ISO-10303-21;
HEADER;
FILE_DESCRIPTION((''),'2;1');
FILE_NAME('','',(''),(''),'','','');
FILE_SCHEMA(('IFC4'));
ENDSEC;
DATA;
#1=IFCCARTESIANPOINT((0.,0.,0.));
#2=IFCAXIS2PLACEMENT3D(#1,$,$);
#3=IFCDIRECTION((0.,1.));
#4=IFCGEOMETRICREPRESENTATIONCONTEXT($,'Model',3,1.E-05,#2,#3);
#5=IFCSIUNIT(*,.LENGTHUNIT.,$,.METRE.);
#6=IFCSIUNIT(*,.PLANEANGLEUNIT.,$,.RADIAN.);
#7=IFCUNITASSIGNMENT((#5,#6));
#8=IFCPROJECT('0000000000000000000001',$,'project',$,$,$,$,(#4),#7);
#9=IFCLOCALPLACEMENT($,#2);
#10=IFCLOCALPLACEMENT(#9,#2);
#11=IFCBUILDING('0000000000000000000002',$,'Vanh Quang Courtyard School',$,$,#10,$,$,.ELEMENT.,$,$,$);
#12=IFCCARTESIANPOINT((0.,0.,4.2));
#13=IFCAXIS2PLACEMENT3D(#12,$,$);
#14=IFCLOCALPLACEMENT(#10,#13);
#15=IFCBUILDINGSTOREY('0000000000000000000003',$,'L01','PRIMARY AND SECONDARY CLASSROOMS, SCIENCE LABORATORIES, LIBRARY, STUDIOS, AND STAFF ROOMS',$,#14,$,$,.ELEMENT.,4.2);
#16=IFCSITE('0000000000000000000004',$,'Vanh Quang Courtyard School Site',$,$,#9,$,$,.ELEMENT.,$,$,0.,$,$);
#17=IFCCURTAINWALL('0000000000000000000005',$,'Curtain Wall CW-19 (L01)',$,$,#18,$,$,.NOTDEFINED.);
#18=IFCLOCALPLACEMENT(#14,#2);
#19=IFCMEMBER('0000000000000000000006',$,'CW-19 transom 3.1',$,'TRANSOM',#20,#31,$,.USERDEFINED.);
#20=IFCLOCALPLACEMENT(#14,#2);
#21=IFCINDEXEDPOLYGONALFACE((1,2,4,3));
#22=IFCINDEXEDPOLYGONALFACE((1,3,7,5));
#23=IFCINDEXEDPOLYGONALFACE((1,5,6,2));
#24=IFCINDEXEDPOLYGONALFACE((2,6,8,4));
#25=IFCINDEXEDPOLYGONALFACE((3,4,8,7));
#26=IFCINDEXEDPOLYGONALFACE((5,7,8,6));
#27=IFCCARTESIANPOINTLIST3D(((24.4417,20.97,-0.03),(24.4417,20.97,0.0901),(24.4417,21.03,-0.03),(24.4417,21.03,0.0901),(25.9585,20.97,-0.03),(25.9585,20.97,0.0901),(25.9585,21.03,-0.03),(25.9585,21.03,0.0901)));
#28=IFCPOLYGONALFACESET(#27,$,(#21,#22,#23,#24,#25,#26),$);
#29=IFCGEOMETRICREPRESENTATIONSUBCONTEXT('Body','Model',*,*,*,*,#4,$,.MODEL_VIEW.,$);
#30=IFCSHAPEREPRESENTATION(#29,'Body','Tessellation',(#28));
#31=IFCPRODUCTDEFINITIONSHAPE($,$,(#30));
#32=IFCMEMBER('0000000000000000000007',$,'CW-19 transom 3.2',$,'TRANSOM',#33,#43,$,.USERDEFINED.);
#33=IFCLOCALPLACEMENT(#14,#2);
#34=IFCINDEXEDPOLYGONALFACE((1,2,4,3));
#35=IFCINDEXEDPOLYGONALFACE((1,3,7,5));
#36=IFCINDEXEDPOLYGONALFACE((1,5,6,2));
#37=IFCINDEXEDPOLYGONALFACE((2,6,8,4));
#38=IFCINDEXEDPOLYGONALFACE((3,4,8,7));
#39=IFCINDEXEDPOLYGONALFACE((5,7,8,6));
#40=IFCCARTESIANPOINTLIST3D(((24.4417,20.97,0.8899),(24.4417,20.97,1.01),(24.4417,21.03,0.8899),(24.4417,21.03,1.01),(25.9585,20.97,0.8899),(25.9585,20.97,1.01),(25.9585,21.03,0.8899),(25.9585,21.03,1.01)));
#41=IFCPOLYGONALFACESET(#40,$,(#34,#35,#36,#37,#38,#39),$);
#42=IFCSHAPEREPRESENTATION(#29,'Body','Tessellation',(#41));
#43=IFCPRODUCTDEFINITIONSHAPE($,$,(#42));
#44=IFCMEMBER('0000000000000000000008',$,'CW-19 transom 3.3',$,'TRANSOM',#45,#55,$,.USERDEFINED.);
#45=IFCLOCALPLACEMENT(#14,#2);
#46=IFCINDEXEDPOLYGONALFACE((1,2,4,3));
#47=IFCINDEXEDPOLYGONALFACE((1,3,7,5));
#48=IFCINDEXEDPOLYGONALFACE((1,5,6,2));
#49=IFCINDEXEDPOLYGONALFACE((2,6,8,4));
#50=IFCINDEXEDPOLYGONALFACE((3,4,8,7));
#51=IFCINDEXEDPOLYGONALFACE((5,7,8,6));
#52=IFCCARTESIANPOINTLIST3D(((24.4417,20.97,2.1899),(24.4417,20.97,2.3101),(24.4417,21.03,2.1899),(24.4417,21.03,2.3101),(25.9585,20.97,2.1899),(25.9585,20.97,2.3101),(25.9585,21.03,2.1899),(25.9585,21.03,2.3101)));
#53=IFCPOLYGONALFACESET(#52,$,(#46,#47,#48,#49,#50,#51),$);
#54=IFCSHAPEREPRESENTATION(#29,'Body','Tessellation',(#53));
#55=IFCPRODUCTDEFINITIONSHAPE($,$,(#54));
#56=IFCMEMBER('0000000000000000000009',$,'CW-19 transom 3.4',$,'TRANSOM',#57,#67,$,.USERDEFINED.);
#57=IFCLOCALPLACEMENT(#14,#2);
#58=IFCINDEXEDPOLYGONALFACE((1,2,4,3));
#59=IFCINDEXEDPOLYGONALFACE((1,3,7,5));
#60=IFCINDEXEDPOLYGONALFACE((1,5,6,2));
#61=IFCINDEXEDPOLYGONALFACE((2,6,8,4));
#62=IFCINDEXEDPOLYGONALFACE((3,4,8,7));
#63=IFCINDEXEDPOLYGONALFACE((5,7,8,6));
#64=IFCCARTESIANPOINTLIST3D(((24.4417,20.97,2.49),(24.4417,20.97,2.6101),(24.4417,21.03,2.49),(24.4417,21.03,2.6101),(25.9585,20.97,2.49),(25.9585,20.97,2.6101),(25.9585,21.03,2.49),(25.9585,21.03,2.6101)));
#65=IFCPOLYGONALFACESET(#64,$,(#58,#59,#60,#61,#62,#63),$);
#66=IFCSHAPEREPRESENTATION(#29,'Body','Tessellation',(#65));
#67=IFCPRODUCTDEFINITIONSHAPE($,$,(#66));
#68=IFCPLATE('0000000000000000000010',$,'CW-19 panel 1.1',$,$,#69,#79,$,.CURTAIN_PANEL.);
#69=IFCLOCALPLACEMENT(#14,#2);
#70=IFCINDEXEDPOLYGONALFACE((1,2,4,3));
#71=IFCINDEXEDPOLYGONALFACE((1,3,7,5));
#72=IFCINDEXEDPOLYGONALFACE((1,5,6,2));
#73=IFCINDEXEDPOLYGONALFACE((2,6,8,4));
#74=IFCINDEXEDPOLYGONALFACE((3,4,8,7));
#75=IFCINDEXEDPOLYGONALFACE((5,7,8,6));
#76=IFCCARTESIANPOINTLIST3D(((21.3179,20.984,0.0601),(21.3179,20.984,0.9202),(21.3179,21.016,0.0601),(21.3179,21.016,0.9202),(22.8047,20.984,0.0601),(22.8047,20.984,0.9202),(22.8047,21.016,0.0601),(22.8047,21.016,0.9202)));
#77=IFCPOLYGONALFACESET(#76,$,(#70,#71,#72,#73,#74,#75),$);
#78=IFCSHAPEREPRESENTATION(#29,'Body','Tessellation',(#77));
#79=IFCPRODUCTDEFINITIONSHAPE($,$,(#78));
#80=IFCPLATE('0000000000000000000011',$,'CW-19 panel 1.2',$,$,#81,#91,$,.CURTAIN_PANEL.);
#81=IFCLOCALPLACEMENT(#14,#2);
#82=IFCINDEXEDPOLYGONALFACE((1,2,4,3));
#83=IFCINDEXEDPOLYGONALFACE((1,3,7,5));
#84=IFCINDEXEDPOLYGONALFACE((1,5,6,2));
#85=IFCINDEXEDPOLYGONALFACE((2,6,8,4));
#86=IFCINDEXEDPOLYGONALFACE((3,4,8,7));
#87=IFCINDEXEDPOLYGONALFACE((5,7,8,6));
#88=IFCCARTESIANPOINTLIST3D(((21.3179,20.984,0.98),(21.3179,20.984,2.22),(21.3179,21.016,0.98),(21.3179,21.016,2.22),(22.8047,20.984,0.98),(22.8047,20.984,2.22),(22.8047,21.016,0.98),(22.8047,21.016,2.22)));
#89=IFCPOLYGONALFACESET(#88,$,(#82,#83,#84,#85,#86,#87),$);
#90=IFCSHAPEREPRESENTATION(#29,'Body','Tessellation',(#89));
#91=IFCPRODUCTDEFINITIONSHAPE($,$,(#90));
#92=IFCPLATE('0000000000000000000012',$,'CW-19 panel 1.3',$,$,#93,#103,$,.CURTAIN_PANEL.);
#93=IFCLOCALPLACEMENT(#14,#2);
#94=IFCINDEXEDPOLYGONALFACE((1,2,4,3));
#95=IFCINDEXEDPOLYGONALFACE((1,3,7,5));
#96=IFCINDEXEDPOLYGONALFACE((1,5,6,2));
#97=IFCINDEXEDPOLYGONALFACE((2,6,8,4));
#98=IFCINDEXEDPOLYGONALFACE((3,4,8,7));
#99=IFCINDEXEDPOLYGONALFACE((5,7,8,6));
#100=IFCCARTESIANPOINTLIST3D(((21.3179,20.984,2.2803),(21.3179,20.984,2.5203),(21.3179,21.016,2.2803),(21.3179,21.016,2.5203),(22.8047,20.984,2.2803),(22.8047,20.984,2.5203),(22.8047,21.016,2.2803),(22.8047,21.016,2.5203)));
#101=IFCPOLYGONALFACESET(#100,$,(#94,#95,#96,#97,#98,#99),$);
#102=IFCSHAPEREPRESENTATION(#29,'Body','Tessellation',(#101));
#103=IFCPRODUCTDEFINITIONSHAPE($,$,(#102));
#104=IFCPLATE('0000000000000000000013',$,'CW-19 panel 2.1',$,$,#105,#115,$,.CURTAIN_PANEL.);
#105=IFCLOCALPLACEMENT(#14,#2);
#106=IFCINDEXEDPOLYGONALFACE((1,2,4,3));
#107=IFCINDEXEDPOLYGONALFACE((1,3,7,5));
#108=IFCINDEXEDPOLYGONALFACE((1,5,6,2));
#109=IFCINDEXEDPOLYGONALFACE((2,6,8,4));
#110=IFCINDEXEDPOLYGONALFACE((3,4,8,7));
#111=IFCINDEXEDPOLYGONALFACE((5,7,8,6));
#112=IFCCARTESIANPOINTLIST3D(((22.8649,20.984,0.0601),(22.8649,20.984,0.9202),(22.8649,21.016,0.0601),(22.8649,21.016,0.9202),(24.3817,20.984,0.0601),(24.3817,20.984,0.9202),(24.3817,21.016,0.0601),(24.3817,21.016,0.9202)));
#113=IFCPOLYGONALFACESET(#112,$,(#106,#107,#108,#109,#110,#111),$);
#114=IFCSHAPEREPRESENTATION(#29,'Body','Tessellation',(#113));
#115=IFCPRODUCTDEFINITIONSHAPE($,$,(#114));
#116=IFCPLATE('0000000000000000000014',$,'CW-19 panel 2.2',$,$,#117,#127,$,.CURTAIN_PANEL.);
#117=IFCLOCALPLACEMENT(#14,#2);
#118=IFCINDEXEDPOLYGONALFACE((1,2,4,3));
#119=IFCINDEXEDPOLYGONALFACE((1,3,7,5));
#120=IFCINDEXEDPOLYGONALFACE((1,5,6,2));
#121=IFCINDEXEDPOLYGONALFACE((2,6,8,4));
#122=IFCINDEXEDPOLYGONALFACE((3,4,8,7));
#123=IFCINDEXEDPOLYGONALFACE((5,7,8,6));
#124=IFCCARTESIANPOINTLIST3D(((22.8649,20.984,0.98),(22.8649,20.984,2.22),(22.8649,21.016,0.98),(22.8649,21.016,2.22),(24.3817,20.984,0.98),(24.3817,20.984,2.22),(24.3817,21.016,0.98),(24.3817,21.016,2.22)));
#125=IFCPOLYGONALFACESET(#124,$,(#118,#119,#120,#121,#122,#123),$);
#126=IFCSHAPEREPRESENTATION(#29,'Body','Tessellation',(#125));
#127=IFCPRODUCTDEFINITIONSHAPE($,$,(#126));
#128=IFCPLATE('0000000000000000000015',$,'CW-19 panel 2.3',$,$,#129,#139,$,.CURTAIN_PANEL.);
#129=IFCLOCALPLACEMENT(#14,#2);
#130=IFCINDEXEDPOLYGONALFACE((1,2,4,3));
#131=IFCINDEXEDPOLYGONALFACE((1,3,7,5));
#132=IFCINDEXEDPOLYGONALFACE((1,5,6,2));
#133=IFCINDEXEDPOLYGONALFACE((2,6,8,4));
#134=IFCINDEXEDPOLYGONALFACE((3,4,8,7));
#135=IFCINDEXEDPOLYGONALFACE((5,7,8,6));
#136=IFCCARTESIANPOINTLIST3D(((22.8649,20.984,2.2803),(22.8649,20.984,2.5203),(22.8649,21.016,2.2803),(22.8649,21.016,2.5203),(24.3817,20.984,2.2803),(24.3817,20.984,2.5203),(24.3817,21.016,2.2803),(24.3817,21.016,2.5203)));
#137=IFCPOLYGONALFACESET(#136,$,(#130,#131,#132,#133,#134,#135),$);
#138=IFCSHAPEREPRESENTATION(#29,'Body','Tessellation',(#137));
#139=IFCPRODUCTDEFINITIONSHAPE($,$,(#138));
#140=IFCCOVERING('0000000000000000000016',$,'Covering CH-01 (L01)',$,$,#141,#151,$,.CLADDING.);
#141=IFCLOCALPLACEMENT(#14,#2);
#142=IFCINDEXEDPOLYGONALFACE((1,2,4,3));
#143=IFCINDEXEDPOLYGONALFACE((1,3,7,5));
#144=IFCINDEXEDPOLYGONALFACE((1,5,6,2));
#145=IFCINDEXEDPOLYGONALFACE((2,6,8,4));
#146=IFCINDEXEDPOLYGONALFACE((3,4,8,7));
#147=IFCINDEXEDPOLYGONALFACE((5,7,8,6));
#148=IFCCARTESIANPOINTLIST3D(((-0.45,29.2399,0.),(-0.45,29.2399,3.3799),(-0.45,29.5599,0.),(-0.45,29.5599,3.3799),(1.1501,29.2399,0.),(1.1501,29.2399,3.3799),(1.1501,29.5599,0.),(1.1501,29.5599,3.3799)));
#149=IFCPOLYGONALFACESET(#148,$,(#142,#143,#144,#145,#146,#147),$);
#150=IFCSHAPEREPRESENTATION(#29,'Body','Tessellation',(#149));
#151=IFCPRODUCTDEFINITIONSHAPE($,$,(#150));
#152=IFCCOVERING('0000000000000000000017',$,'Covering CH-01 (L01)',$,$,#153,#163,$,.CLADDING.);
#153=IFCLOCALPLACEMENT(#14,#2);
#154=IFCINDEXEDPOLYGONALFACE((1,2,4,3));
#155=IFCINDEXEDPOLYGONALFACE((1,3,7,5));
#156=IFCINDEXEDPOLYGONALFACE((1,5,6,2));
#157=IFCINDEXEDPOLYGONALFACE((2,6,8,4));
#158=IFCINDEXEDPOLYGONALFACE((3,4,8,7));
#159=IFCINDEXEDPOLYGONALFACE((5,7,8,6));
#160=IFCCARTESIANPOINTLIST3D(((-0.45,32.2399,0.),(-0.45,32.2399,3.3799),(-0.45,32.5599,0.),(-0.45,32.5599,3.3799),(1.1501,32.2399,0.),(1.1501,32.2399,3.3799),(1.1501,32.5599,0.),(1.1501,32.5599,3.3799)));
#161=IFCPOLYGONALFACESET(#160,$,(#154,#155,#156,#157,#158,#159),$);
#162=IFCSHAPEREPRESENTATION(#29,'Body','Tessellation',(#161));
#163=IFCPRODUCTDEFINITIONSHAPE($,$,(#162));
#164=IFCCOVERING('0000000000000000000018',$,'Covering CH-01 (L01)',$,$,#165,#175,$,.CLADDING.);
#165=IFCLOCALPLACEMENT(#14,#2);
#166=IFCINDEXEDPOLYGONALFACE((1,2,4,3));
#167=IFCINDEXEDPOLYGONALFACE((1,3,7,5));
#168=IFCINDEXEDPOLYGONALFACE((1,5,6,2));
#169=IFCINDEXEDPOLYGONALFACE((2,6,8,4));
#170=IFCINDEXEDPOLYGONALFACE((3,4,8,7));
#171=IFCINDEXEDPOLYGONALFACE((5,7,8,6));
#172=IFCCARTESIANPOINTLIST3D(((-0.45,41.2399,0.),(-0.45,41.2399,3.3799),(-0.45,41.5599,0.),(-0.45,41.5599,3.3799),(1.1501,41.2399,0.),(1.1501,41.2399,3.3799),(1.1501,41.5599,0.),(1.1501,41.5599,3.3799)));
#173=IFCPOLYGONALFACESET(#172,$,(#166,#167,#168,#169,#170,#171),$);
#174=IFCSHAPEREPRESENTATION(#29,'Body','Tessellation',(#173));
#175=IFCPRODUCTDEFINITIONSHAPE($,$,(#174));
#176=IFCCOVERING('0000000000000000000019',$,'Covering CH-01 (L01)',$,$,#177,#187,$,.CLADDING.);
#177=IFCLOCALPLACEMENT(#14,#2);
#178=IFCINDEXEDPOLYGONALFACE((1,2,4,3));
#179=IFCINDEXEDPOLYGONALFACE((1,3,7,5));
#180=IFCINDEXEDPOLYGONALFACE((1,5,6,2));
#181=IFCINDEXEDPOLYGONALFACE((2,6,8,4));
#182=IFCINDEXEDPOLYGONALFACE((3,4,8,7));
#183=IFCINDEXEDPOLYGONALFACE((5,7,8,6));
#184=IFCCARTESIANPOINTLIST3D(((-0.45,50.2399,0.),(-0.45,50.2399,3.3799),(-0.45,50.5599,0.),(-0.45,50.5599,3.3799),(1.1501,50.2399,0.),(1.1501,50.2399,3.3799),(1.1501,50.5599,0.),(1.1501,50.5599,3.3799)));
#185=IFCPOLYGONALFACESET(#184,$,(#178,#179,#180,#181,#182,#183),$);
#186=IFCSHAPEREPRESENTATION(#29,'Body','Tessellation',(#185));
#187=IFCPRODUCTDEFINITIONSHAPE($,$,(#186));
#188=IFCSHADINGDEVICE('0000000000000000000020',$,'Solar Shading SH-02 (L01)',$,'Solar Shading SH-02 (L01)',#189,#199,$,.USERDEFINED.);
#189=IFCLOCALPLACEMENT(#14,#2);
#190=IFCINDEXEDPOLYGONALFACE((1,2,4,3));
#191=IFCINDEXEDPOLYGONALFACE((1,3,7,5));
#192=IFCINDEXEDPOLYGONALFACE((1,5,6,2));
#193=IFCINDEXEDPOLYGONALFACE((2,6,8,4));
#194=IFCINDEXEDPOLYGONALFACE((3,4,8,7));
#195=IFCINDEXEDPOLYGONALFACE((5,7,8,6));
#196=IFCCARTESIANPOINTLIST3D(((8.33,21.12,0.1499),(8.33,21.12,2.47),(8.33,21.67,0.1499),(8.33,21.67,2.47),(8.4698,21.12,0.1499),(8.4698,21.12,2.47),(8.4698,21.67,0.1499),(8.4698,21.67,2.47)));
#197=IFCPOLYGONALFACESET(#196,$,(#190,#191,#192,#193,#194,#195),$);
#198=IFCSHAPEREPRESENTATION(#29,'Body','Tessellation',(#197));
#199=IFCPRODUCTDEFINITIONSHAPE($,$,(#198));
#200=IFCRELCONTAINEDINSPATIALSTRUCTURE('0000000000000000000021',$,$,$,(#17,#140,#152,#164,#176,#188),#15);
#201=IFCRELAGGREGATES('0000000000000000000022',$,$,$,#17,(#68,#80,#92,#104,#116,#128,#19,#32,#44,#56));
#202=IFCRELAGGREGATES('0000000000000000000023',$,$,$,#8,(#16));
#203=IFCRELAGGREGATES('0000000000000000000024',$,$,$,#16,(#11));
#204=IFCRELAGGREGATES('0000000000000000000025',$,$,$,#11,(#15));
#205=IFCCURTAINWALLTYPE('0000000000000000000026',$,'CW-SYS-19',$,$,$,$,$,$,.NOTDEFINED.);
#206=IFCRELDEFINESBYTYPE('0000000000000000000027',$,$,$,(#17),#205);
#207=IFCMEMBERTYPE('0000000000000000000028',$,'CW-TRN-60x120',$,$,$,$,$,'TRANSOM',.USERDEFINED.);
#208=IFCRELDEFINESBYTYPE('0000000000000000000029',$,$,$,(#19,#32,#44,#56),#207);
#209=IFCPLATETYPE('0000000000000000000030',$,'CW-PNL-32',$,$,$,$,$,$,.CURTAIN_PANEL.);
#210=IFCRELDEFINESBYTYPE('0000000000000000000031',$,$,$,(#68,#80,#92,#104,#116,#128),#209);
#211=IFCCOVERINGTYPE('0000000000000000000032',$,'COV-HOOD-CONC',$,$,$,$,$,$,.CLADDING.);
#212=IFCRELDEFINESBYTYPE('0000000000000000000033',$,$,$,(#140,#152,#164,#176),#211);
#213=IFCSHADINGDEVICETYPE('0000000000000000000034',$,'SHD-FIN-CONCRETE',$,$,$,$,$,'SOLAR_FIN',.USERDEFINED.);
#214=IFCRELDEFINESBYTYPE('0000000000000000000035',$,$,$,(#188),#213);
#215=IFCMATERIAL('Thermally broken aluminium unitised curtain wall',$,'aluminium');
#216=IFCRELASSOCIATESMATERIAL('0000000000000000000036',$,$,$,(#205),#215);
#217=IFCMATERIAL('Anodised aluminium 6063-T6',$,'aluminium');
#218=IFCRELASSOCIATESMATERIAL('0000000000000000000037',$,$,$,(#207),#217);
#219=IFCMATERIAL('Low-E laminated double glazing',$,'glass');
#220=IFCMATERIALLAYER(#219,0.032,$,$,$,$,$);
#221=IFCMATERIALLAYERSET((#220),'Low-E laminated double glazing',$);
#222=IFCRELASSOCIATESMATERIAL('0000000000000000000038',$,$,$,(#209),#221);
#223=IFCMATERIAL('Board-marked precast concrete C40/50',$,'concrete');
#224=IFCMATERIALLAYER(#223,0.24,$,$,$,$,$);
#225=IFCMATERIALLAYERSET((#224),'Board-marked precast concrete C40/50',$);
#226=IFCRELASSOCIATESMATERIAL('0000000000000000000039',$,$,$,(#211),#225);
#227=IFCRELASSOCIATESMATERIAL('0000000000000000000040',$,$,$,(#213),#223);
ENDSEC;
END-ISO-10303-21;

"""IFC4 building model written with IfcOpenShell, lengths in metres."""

from ifc_helpers import new_model, si_unit, direction, frame, origin, origin_2d, place, context, subcontext, project, spatial, rectangle, extrude, material, layer, layer_set, material_profile, profile_set, type_object, element, aggregate, save


model = new_model("IFC4")

# Units and contexts
model_context = context("Model", 3, precision=1e-05, world=origin(), true_north=direction((0.0, 1.0)))
body_context = subcontext(model_context, "Body", "Model", "MODEL_VIEW")
ifc_project = project(units=[si_unit("LENGTHUNIT", "METRE"), si_unit("PLANEANGLEUNIT", "RADIAN")], contexts=[model_context])

# Site, building, storey
site_placement = place(None, origin())
site = spatial("IfcSite", under=ifc_project, at=site_placement, Name="Vanh Quang Courtyard School Site", CompositionType="ELEMENT", RefElevation=0.0)
building_placement = place(site_placement, origin())
building = spatial("IfcBuilding", under=site, at=building_placement, Name="Vanh Quang Courtyard School", CompositionType="ELEMENT")
storey_placement = place(building_placement, frame((0.0, 0.0, 4.2)))
storey = spatial("IfcBuildingStorey", under=building, at=storey_placement, Name="L01", Description="PRIMARY AND SECONDARY CLASSROOMS, SCIENCE LABORATORIES, LIBRARY, STUDIOS, AND STAFF ROOMS", CompositionType="ELEMENT", Elevation=4.2)

# Curtain wall, members, plates
ifc_material_1 = material(Name="Thermally broken aluminium unitised curtain wall", Category="aluminium")
curtain_wall_type = type_object("IfcCurtainWallType", Name="CW-SYS-19", PredefinedType="NOTDEFINED", material=ifc_material_1)
curtain_wall_placement = place(storey_placement, origin())
curtain_wall = element("IfcCurtainWall", 1, at=curtain_wall_placement, inside=storey, type_object=curtain_wall_type, Name="Curtain Wall CW-19 (L01)", PredefinedType="NOTDEFINED")
ifc_material_2 = material(Name="Anodised aluminium 6063-T6", Category="aluminium")
ifc_material_profile_1 = material_profile(ifc_material_2, rectangle(XDim=0.0601, YDim=0.1201, at=origin_2d()), Name="ALU-TRN 60x120")
ifc_profile_set_1 = profile_set([ifc_material_profile_1], Name="Anodised aluminium 6063-T6")
member_type_1 = type_object("IfcMemberType", Name="CW-TRN-60x120", ElementType="TRANSOM", PredefinedType="USERDEFINED", material=ifc_profile_set_1)
member_1_placement = place(storey_placement, frame((24.4417, 21.0, 0.03), z_axis=(1.0, 0.0, 0.0), x_axis=(0.0, 1.0, 0.0)))
member_1 = element("IfcMember", 2, at=member_1_placement, type_object=member_type_1, Name="CW-19 transom 3.1", ObjectType="TRANSOM", PredefinedType="USERDEFINED", context=body_context, shape_type="SweptSolid", body=[
    extrude(rectangle(XDim=0.0601, YDim=0.1201, at=origin_2d()), origin(), (0.0, 0.0, 1.0), 1.5168),
])
member_2_placement = place(storey_placement, frame((24.4417, 21.0, 0.95), z_axis=(1.0, 0.0, 0.0), x_axis=(0.0, 1.0, 0.0)))
member_2 = element("IfcMember", 3, at=member_2_placement, type_object=member_type_1, Name="CW-19 transom 3.2", ObjectType="TRANSOM", PredefinedType="USERDEFINED", context=body_context, shape_type="SweptSolid", body=[
    extrude(rectangle(XDim=0.0601, YDim=0.1201, at=origin_2d()), origin(), (0.0, 0.0, 1.0), 1.5168),
])
member_3_placement = place(storey_placement, frame((24.4417, 21.0, 2.25), z_axis=(1.0, 0.0, 0.0), x_axis=(0.0, 1.0, 0.0)))
member_3 = element("IfcMember", 4, at=member_3_placement, type_object=member_type_1, Name="CW-19 transom 3.3", ObjectType="TRANSOM", PredefinedType="USERDEFINED", context=body_context, shape_type="SweptSolid", body=[
    extrude(rectangle(XDim=0.0601, YDim=0.1201, at=origin_2d()), origin(), (0.0, 0.0, 1.0), 1.5168),
])
member_4_placement = place(storey_placement, frame((24.4417, 21.0, 2.55), z_axis=(1.0, 0.0, 0.0), x_axis=(0.0, 1.0, 0.0)))
member_4 = element("IfcMember", 5, at=member_4_placement, type_object=member_type_1, Name="CW-19 transom 3.4", ObjectType="TRANSOM", PredefinedType="USERDEFINED", context=body_context, shape_type="SweptSolid", body=[
    extrude(rectangle(XDim=0.0601, YDim=0.1201, at=origin_2d()), origin(), (0.0, 0.0, 1.0), 1.5168),
])
ifc_material_3 = material(Name="Low-E laminated double glazing", Category="glass")
ifc_layer_1 = layer(ifc_material_3, 0.032)
ifc_layer_set_1 = layer_set([ifc_layer_1], Name="Low-E laminated double glazing")
plate_type = type_object("IfcPlateType", Name="CW-PNL-32", PredefinedType="CURTAIN_PANEL", material=ifc_layer_set_1)
plate_1_placement = place(storey_placement, frame((22.0613, 21.0, 0.0601), z_axis=(0.0, 0.0, 1.0), x_axis=(1.0, 0.0, 0.0)))
plate_1 = element("IfcPlate", 6, at=plate_1_placement, type_object=plate_type, Name="CW-19 panel 1.1", PredefinedType="CURTAIN_PANEL", context=body_context, shape_type="SweptSolid", body=[
    extrude(rectangle(XDim=1.4868, YDim=0.032, at=origin_2d()), origin(), (0.0, 0.0, 1.0), 0.8601),
])
plate_2_placement = place(storey_placement, frame((22.0613, 21.0, 0.98), z_axis=(0.0, 0.0, 1.0), x_axis=(1.0, 0.0, 0.0)))
plate_2 = element("IfcPlate", 7, at=plate_2_placement, type_object=plate_type, Name="CW-19 panel 1.2", PredefinedType="CURTAIN_PANEL", context=body_context, shape_type="SweptSolid", body=[
    extrude(rectangle(XDim=1.4868, YDim=0.032, at=origin_2d()), origin(), (0.0, 0.0, 1.0), 1.24),
])
plate_3_placement = place(storey_placement, frame((22.0613, 21.0, 2.2803), z_axis=(0.0, 0.0, 1.0), x_axis=(1.0, 0.0, 0.0)))
plate_3 = element("IfcPlate", 8, at=plate_3_placement, type_object=plate_type, Name="CW-19 panel 1.3", PredefinedType="CURTAIN_PANEL", context=body_context, shape_type="SweptSolid", body=[
    extrude(rectangle(XDim=1.4868, YDim=0.032, at=origin_2d()), origin(), (0.0, 0.0, 1.0), 0.24),
])
plate_4_placement = place(storey_placement, frame((23.6233, 21.0, 0.0601), z_axis=(0.0, 0.0, 1.0), x_axis=(1.0, 0.0, 0.0)))
plate_4 = element("IfcPlate", 9, at=plate_4_placement, type_object=plate_type, Name="CW-19 panel 2.1", PredefinedType="CURTAIN_PANEL", context=body_context, shape_type="SweptSolid", body=[
    extrude(rectangle(XDim=1.5168, YDim=0.032, at=origin_2d()), origin(), (0.0, 0.0, 1.0), 0.8601),
])
plate_5_placement = place(storey_placement, frame((23.6233, 21.0, 0.98), z_axis=(0.0, 0.0, 1.0), x_axis=(1.0, 0.0, 0.0)))
plate_5 = element("IfcPlate", 10, at=plate_5_placement, type_object=plate_type, Name="CW-19 panel 2.2", PredefinedType="CURTAIN_PANEL", context=body_context, shape_type="SweptSolid", body=[
    extrude(rectangle(XDim=1.5168, YDim=0.032, at=origin_2d()), origin(), (0.0, 0.0, 1.0), 1.24),
])
plate_6_placement = place(storey_placement, frame((23.6233, 21.0, 2.2803), z_axis=(0.0, 0.0, 1.0), x_axis=(1.0, 0.0, 0.0)))
plate_6 = element("IfcPlate", 11, at=plate_6_placement, type_object=plate_type, Name="CW-19 panel 2.3", PredefinedType="CURTAIN_PANEL", context=body_context, shape_type="SweptSolid", body=[
    extrude(rectangle(XDim=1.5168, YDim=0.032, at=origin_2d()), origin(), (0.0, 0.0, 1.0), 0.24),
])
aggregate(curtain_wall, [plate_1, plate_2, plate_3, plate_4, plate_5, plate_6, member_1, member_2, member_3, member_4])

# Coverings
ifc_material_4 = material(Name="Board-marked precast concrete C40/50", Category="concrete")
ifc_layer_2 = layer(ifc_material_4, 0.24)
ifc_layer_set_2 = layer_set([ifc_layer_2], Name="Board-marked precast concrete C40/50")
covering_type = type_object("IfcCoveringType", Name="COV-HOOD-CONC", PredefinedType="CLADDING", material=ifc_layer_set_2)
for number, where, z_axis, x_axis, name in (
    (12, (0.3501, 29.3999, 0.0), (0.0, 0.0, 1.0), (1.0, 0.0, 0.0), "Covering CH-01 (L01)"),
    (13, (0.3501, 32.3999, 0.0), (0.0, 0.0, 1.0), (1.0, 0.0, 0.0), "Covering CH-01 (L01)"),
    (14, (0.3501, 41.3999, 0.0), (0.0, 0.0, 1.0), (1.0, 0.0, 0.0), "Covering CH-01 (L01)"),
    (15, (0.3501, 50.3999, 0.0), (0.0, 0.0, 1.0), (1.0, 0.0, 0.0), "Covering CH-01 (L01)"),
):
    element("IfcCovering", number, at=place(storey_placement, frame(where, z_axis=z_axis, x_axis=x_axis)), inside=storey, type_object=covering_type, Name=name, PredefinedType="CLADDING", context=body_context, shape_type="SweptSolid", body=[
        extrude(rectangle(XDim=1.6001, YDim=0.3201, at=origin_2d()), origin(), (0.0, 0.0, 1.0), 3.3799),
    ])

# Shading device
shading_device_type = type_object("IfcShadingDeviceType", Name="SHD-FIN-CONCRETE", ElementType="SOLAR_FIN", PredefinedType="USERDEFINED", material=ifc_material_4)
shading_device_placement = place(storey_placement, frame((8.3999, 21.395, 0.1499), z_axis=(0.0, 0.0, 1.0), x_axis=(1.0, 0.0, 0.0)))
element("IfcShadingDevice", 16, at=shading_device_placement, inside=storey, type_object=shading_device_type, Name="Solar Shading SH-02 (L01)", ObjectType="Solar Shading SH-02 (L01)", PredefinedType="USERDEFINED", context=body_context, shape_type="SweptSolid", body=[
    extrude(rectangle(XDim=0.1399, YDim=0.55, at=origin_2d()), origin(), (0.0, 0.0, 1.0), 2.3201),
])

save(model, "model.ifc")
